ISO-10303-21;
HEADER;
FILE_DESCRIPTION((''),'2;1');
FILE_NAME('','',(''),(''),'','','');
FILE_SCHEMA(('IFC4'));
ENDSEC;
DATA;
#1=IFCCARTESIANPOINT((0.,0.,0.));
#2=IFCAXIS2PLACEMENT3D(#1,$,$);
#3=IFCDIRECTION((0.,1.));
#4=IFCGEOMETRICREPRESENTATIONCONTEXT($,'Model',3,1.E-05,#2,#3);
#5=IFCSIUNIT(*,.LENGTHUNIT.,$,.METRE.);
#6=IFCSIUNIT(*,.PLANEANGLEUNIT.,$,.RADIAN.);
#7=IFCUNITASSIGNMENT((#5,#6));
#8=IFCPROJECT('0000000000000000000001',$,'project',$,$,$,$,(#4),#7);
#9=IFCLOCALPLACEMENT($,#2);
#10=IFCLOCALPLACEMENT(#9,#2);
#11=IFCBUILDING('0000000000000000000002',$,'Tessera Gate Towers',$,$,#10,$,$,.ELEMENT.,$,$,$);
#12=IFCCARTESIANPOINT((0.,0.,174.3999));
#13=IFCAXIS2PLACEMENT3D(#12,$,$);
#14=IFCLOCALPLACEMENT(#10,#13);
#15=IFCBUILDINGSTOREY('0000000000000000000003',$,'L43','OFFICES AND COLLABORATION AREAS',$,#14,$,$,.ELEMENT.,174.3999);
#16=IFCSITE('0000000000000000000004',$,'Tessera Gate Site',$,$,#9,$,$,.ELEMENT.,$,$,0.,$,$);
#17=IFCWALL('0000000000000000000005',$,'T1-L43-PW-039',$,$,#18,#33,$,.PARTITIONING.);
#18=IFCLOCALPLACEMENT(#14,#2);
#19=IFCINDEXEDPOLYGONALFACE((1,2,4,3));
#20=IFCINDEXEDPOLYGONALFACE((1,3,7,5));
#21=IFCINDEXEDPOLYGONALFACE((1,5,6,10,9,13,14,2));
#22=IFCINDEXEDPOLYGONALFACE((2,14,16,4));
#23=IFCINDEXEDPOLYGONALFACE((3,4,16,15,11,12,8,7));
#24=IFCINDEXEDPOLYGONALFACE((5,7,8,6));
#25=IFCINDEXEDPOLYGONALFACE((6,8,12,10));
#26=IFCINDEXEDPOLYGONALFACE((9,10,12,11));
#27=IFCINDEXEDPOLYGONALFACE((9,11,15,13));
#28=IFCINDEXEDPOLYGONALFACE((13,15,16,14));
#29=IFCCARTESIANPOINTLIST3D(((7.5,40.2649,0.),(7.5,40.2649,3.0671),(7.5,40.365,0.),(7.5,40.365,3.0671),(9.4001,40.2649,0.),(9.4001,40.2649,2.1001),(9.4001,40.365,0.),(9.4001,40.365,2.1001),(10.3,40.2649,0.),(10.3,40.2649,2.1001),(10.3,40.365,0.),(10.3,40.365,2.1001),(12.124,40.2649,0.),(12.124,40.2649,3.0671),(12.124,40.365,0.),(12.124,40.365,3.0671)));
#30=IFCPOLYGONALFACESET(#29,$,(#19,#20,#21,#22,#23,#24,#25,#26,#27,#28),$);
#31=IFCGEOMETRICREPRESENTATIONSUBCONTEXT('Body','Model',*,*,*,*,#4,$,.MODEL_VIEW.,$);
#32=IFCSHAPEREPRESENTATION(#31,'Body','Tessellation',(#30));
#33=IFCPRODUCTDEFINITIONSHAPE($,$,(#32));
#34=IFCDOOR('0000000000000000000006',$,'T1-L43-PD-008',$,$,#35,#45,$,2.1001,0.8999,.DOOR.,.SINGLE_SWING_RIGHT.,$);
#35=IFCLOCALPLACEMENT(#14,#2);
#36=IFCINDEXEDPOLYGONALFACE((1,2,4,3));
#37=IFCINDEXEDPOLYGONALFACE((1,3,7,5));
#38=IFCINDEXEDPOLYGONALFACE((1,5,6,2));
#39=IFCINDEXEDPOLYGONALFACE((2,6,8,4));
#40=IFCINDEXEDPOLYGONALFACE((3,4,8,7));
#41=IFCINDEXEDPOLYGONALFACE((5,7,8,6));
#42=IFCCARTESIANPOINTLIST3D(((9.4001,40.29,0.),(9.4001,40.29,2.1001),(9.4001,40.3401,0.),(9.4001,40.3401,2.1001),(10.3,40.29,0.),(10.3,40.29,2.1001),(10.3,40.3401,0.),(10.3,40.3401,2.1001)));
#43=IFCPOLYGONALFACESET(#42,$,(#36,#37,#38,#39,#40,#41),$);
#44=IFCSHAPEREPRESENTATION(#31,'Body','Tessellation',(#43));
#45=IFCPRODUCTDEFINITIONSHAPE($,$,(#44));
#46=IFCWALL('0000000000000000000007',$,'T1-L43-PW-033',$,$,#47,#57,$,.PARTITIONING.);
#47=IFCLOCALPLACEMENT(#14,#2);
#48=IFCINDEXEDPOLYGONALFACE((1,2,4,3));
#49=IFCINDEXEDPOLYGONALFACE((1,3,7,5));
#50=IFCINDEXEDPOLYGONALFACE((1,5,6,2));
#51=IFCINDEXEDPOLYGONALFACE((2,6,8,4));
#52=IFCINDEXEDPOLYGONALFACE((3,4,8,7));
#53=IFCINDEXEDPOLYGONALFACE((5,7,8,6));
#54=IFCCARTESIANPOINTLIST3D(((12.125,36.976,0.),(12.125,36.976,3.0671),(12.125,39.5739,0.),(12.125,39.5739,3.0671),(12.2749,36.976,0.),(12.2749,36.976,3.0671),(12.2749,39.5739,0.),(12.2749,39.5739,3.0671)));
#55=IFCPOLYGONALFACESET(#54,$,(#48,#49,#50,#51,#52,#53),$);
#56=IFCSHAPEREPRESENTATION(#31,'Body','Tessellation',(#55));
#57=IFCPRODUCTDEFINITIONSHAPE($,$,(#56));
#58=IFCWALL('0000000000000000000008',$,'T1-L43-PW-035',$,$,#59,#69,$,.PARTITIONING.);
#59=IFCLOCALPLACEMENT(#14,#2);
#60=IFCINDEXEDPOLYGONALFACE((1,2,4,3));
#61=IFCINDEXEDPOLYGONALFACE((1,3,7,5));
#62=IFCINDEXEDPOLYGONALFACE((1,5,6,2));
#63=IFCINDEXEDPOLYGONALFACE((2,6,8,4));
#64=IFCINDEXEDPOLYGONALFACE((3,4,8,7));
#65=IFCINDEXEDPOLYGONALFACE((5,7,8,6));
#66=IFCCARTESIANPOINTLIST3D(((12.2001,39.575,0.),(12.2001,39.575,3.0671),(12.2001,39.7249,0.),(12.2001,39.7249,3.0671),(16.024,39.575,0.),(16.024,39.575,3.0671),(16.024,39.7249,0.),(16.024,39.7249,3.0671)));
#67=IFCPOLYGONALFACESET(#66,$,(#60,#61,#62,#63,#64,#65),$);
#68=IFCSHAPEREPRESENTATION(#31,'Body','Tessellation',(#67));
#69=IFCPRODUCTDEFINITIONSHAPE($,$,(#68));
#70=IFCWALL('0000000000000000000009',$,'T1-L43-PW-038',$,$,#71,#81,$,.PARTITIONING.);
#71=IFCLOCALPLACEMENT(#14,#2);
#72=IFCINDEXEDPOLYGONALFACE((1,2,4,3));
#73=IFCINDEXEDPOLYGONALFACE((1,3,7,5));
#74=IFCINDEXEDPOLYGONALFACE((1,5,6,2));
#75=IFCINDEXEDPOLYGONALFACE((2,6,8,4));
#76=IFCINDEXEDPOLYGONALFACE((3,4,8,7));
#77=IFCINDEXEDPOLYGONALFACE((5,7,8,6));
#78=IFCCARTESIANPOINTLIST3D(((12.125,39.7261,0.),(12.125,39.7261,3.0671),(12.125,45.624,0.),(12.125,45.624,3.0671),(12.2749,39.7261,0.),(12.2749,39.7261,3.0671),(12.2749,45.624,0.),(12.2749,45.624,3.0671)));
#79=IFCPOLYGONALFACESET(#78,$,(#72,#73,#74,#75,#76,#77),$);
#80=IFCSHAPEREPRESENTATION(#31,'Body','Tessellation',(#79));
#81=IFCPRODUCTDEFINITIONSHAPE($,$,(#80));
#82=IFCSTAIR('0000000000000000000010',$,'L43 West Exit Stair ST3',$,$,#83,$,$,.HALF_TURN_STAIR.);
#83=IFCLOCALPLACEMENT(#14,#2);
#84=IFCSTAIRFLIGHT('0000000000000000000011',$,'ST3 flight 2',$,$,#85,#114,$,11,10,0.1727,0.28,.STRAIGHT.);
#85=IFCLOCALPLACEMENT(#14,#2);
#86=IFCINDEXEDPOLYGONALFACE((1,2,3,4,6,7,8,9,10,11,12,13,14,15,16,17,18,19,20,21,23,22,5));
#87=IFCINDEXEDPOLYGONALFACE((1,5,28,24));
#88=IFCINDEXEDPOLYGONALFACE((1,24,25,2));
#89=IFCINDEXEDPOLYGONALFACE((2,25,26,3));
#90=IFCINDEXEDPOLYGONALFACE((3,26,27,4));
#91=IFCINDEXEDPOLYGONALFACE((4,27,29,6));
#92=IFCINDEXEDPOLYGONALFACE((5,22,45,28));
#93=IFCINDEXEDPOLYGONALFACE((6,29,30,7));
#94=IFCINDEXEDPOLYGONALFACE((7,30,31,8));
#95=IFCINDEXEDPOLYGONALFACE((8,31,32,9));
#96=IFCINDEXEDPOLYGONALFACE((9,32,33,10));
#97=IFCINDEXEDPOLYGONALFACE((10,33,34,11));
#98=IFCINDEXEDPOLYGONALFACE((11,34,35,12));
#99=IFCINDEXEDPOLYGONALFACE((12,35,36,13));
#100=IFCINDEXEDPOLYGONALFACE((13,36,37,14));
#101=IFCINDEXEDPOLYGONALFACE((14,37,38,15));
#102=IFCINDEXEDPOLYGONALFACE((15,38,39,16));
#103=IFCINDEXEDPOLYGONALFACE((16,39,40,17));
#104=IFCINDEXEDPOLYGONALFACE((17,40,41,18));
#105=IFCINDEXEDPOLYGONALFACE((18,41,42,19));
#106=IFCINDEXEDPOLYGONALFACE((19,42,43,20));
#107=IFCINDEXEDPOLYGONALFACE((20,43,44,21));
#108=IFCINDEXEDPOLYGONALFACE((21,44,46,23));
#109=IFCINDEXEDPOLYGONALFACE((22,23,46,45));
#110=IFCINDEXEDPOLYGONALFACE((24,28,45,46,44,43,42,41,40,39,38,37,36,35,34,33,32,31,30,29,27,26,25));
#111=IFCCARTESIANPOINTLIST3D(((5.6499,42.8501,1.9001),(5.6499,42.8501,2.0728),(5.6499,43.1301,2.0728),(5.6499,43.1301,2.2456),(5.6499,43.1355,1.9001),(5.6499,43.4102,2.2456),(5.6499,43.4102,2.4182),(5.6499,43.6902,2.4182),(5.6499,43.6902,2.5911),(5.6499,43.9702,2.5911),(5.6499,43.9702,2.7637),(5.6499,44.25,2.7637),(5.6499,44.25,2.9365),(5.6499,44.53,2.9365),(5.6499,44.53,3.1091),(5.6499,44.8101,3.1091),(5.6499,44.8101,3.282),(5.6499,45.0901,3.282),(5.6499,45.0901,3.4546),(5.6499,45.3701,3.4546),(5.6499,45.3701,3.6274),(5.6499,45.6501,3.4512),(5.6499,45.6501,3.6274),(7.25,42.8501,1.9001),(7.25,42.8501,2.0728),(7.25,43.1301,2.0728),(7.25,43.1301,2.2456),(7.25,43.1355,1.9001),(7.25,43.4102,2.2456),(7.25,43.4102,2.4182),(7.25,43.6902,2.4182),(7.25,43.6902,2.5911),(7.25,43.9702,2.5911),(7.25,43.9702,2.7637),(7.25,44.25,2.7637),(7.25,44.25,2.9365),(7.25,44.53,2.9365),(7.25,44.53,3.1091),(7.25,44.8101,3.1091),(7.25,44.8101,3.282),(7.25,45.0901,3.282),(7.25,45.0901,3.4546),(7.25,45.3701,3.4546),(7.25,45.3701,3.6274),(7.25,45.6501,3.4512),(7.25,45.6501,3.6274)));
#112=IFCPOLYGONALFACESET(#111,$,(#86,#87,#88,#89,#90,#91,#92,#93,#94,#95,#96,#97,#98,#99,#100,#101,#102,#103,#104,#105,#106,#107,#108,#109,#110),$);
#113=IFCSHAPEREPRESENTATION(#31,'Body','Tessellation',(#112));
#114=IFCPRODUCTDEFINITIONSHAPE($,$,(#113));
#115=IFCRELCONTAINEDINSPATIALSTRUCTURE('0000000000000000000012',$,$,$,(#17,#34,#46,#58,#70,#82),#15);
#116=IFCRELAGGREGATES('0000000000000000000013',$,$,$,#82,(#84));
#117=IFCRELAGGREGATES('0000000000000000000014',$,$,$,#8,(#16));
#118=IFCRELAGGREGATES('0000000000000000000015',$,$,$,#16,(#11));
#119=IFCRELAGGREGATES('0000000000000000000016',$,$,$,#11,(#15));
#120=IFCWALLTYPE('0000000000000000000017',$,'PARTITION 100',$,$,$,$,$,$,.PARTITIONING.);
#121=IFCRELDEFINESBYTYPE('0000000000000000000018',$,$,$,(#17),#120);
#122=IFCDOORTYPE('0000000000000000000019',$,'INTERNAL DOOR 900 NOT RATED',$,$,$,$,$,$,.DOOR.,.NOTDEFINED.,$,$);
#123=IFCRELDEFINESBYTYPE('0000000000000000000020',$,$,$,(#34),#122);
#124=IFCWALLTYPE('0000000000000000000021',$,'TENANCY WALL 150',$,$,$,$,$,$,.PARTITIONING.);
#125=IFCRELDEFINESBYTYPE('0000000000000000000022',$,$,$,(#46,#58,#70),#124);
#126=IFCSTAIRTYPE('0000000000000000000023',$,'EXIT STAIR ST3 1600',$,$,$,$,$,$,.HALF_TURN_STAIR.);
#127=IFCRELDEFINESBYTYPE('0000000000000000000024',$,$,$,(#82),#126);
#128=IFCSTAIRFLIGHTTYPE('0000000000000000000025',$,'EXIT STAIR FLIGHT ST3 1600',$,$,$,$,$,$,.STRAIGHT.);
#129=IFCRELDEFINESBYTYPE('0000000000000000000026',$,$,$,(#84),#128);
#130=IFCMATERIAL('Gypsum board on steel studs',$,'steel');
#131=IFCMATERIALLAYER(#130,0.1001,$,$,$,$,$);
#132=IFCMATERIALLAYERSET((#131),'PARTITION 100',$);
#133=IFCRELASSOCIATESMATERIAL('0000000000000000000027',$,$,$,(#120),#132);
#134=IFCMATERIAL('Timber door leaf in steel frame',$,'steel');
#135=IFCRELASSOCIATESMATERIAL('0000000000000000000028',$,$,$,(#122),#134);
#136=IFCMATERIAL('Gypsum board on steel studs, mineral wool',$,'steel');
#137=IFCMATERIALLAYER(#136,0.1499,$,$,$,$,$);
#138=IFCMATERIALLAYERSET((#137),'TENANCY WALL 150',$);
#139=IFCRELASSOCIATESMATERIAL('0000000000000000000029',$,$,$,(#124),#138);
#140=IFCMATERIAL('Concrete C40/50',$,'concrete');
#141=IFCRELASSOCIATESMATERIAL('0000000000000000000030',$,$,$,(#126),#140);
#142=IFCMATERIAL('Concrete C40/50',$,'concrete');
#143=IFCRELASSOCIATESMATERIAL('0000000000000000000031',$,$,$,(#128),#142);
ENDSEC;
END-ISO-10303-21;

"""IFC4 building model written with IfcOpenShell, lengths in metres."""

from ifc_helpers import new_model, si_unit, direction, frame, frame_2d, origin, place, context, subcontext, project, spatial, polyline, rectangle, outline, extrude, source, transform, mapped, material, layer, layer_set, type_object, element, fill, aggregate, save


model = new_model("IFC4")

# Units and contexts
model_context = context("Model", 3, precision=1e-05, world=origin(), true_north=direction((0.0, 1.0)))
body_context = subcontext(model_context, "Body", "Model", "MODEL_VIEW")
ifc_project = project(units=[si_unit("LENGTHUNIT", "METRE"), si_unit("PLANEANGLEUNIT", "RADIAN")], contexts=[model_context])

# Site, building, storey
site_placement = place(None, origin())
site = spatial("IfcSite", under=ifc_project, at=site_placement, Name="Tessera Gate Site", CompositionType="ELEMENT", RefElevation=0.0)
building_placement = place(site_placement, origin())
building = spatial("IfcBuilding", under=site, at=building_placement, Name="Tessera Gate Towers", CompositionType="ELEMENT")
storey_placement = place(building_placement, frame((0.0, 0.0, 174.3999)))
storey = spatial("IfcBuildingStorey", under=building, at=storey_placement, Name="L43", Description="OFFICES AND COLLABORATION AREAS", CompositionType="ELEMENT", Elevation=174.3999)

# Wall, opening, door
ifc_material_1 = material(Name="Gypsum board on steel studs", Category="steel")
ifc_layer_1 = layer(ifc_material_1, 0.1001)
ifc_layer_set_1 = layer_set([ifc_layer_1], Name="PARTITION 100")
wall_type_1 = type_object("IfcWallType", Name="PARTITION 100", PredefinedType="PARTITIONING", material=ifc_layer_set_1)
wall_1_placement = place(storey_placement, frame((12.124, 40.3149, 0.0), z_axis=(0.0, 0.0, 1.0), x_axis=(-1.0, 0.0, 0.0)))
wall_1 = element("IfcWall", 1, at=wall_1_placement, inside=storey, type_object=wall_type_1, Name="T1-L43-PW-039", PredefinedType="PARTITIONING", context=body_context, shape_type="SweptSolid", body=[
    extrude(rectangle(XDim=4.624, YDim=0.1001, at=frame_2d((2.312, 0.0))), origin(), (0.0, 0.0, 1.0), 3.0671),
])
shared_shape_1 = source(origin(), body_context, "Body", "SweptSolid", [
    extrude(rectangle(XDim=0.8999, YDim=2.1001, at=frame_2d((0.45, 1.05))), frame((0.0, 0.0601, 0.0), z_axis=(0.0, -1.0, 0.0), x_axis=(1.0, 0.0, 0.0)), (0.0, 0.0, 1.0), 0.1201),
])
opening_placement = place(wall_1_placement, frame((1.824, 0.0, 0.0)))
opening = element("IfcOpeningElement", 2, at=opening_placement, cuts=wall_1, PredefinedType="OPENING", context=body_context, shape_type="MappedRepresentation", body=[
    mapped(shared_shape_1, transform((0.0, 0.0, 0.0), scale=1.0)),
])
ifc_material_2 = material(Name="Timber door leaf in steel frame", Category="steel")
door_type = type_object("IfcDoorType", Name="INTERNAL DOOR 900 NOT RATED", OperationType="NOTDEFINED", PredefinedType="DOOR", material=ifc_material_2)
shared_shape_2 = source(origin(), body_context, "Body", "SweptSolid", [
    extrude(rectangle(XDim=0.8999, YDim=2.1001, at=frame_2d((0.45, 1.05))), frame((0.0, 0.0249, 0.0), z_axis=(0.0, -1.0, 0.0), x_axis=(1.0, 0.0, 0.0)), (0.0, 0.0, 1.0), 0.05),
])
door_placement = place(opening_placement, origin())
door = element("IfcDoor", 3, at=door_placement, inside=storey, type_object=door_type, Name="T1-L43-PD-008", OperationType="SINGLE_SWING_RIGHT", OverallHeight=2.1001, OverallWidth=0.8999, PredefinedType="DOOR", context=body_context, shape_type="MappedRepresentation", body=[
    mapped(shared_shape_2, transform((0.0, 0.0, 0.0), scale=1.0)),
])
fill(opening, door)

# Walls
ifc_material_3 = material(Name="Gypsum board on steel studs, mineral wool", Category="steel")
ifc_layer_2 = layer(ifc_material_3, 0.1499)
ifc_layer_set_2 = layer_set([ifc_layer_2], Name="TENANCY WALL 150")
wall_type_2 = type_object("IfcWallType", Name="TENANCY WALL 150", PredefinedType="PARTITIONING", material=ifc_layer_set_2)
wall_2_placement = place(storey_placement, frame((12.2, 36.9761, 0.0), z_axis=(0.0, 0.0, 1.0), x_axis=(0.0, 1.0, 0.0)))
element("IfcWall", 4, at=wall_2_placement, inside=storey, type_object=wall_type_2, Name="T1-L43-PW-033", PredefinedType="PARTITIONING", context=body_context, shape_type="SweptSolid", body=[
    extrude(rectangle(XDim=2.5979, YDim=0.1499, at=frame_2d((1.2988, 0.0))), origin(), (0.0, 0.0, 1.0), 3.0671),
])
wall_3_placement = place(storey_placement, frame((12.2, 39.6499, 0.0), z_axis=(0.0, 0.0, 1.0), x_axis=(1.0, 0.0, 0.0)))
element("IfcWall", 5, at=wall_3_placement, inside=storey, type_object=wall_type_2, Name="T1-L43-PW-035", PredefinedType="PARTITIONING", context=body_context, shape_type="SweptSolid", body=[
    extrude(rectangle(XDim=3.824, YDim=0.1499, at=frame_2d((1.9121, 0.0))), origin(), (0.0, 0.0, 1.0), 3.0671),
])
wall_4_placement = place(storey_placement, frame((12.2, 39.7261, 0.0), z_axis=(0.0, 0.0, 1.0), x_axis=(0.0, 1.0, 0.0)))
element("IfcWall", 6, at=wall_4_placement, inside=storey, type_object=wall_type_2, Name="T1-L43-PW-038", PredefinedType="PARTITIONING", context=body_context, shape_type="SweptSolid", body=[
    extrude(rectangle(XDim=5.8979, YDim=0.1499, at=frame_2d((2.949, 0.0))), origin(), (0.0, 0.0, 1.0), 3.0671),
])

# Stair, stair flight
ifc_material_4 = material(Name="Concrete C40/50", Category="concrete")
stair_type = type_object("IfcStairType", Name="EXIT STAIR ST3 1600", PredefinedType="HALF_TURN_STAIR", material=ifc_material_4)
stair_placement = place(storey_placement, origin())
stair = element("IfcStair", 7, at=stair_placement, inside=storey, type_object=stair_type, Name="L43 West Exit Stair ST3", PredefinedType="HALF_TURN_STAIR")
ifc_material_5 = material(Name="Concrete C40/50", Category="concrete")
stair_flight_type = type_object("IfcStairFlightType", Name="EXIT STAIR FLIGHT ST3 1600", PredefinedType="STRAIGHT", material=ifc_material_5)
stair_flight_placement = place(storey_placement, frame((6.45, 42.8501, 1.9001), z_axis=(0.0, 0.0, 1.0), x_axis=(0.0, 1.0, 0.0)))
stair_flight = element("IfcStairFlight", 8, at=stair_flight_placement, type_object=stair_flight_type, Name="ST3 flight 2", NumberOfRisers=11, NumberOfTreads=10, PredefinedType="STRAIGHT", RiserHeight=0.1727, TreadLength=0.28, context=body_context, shape_type="SweptSolid", body=[
    extrude(outline(polyline([(0.0, 0.0), (0.0, 0.1726), (0.28, 0.1726), (0.28, 0.3455), (0.5601, 0.3455), (0.5601, 0.5181), (0.8401, 0.5181), (0.8401, 0.6909), (1.1201, 0.6909), (1.1201, 0.8635), (1.3999, 0.8635), (1.3999, 1.0364), (1.6799, 1.0364), (1.6799, 1.209), (1.96, 1.209), (1.96, 1.3818), (2.24, 1.3818), (2.24, 1.5544), (2.52, 1.5544), (2.52, 1.7273), (2.8, 1.7273), (2.8, 1.8999), (2.8, 1.551), (0.2854, 0.0), (0.0, 0.0)])), frame((0.0, 0.8, 0.0), z_axis=(0.0, -1.0, 0.0), x_axis=(1.0, 0.0, 0.0)), (0.0, 0.0, 1.0), 1.6001),
])
aggregate(stair, [stair_flight])

save(model, "model.ifc")
